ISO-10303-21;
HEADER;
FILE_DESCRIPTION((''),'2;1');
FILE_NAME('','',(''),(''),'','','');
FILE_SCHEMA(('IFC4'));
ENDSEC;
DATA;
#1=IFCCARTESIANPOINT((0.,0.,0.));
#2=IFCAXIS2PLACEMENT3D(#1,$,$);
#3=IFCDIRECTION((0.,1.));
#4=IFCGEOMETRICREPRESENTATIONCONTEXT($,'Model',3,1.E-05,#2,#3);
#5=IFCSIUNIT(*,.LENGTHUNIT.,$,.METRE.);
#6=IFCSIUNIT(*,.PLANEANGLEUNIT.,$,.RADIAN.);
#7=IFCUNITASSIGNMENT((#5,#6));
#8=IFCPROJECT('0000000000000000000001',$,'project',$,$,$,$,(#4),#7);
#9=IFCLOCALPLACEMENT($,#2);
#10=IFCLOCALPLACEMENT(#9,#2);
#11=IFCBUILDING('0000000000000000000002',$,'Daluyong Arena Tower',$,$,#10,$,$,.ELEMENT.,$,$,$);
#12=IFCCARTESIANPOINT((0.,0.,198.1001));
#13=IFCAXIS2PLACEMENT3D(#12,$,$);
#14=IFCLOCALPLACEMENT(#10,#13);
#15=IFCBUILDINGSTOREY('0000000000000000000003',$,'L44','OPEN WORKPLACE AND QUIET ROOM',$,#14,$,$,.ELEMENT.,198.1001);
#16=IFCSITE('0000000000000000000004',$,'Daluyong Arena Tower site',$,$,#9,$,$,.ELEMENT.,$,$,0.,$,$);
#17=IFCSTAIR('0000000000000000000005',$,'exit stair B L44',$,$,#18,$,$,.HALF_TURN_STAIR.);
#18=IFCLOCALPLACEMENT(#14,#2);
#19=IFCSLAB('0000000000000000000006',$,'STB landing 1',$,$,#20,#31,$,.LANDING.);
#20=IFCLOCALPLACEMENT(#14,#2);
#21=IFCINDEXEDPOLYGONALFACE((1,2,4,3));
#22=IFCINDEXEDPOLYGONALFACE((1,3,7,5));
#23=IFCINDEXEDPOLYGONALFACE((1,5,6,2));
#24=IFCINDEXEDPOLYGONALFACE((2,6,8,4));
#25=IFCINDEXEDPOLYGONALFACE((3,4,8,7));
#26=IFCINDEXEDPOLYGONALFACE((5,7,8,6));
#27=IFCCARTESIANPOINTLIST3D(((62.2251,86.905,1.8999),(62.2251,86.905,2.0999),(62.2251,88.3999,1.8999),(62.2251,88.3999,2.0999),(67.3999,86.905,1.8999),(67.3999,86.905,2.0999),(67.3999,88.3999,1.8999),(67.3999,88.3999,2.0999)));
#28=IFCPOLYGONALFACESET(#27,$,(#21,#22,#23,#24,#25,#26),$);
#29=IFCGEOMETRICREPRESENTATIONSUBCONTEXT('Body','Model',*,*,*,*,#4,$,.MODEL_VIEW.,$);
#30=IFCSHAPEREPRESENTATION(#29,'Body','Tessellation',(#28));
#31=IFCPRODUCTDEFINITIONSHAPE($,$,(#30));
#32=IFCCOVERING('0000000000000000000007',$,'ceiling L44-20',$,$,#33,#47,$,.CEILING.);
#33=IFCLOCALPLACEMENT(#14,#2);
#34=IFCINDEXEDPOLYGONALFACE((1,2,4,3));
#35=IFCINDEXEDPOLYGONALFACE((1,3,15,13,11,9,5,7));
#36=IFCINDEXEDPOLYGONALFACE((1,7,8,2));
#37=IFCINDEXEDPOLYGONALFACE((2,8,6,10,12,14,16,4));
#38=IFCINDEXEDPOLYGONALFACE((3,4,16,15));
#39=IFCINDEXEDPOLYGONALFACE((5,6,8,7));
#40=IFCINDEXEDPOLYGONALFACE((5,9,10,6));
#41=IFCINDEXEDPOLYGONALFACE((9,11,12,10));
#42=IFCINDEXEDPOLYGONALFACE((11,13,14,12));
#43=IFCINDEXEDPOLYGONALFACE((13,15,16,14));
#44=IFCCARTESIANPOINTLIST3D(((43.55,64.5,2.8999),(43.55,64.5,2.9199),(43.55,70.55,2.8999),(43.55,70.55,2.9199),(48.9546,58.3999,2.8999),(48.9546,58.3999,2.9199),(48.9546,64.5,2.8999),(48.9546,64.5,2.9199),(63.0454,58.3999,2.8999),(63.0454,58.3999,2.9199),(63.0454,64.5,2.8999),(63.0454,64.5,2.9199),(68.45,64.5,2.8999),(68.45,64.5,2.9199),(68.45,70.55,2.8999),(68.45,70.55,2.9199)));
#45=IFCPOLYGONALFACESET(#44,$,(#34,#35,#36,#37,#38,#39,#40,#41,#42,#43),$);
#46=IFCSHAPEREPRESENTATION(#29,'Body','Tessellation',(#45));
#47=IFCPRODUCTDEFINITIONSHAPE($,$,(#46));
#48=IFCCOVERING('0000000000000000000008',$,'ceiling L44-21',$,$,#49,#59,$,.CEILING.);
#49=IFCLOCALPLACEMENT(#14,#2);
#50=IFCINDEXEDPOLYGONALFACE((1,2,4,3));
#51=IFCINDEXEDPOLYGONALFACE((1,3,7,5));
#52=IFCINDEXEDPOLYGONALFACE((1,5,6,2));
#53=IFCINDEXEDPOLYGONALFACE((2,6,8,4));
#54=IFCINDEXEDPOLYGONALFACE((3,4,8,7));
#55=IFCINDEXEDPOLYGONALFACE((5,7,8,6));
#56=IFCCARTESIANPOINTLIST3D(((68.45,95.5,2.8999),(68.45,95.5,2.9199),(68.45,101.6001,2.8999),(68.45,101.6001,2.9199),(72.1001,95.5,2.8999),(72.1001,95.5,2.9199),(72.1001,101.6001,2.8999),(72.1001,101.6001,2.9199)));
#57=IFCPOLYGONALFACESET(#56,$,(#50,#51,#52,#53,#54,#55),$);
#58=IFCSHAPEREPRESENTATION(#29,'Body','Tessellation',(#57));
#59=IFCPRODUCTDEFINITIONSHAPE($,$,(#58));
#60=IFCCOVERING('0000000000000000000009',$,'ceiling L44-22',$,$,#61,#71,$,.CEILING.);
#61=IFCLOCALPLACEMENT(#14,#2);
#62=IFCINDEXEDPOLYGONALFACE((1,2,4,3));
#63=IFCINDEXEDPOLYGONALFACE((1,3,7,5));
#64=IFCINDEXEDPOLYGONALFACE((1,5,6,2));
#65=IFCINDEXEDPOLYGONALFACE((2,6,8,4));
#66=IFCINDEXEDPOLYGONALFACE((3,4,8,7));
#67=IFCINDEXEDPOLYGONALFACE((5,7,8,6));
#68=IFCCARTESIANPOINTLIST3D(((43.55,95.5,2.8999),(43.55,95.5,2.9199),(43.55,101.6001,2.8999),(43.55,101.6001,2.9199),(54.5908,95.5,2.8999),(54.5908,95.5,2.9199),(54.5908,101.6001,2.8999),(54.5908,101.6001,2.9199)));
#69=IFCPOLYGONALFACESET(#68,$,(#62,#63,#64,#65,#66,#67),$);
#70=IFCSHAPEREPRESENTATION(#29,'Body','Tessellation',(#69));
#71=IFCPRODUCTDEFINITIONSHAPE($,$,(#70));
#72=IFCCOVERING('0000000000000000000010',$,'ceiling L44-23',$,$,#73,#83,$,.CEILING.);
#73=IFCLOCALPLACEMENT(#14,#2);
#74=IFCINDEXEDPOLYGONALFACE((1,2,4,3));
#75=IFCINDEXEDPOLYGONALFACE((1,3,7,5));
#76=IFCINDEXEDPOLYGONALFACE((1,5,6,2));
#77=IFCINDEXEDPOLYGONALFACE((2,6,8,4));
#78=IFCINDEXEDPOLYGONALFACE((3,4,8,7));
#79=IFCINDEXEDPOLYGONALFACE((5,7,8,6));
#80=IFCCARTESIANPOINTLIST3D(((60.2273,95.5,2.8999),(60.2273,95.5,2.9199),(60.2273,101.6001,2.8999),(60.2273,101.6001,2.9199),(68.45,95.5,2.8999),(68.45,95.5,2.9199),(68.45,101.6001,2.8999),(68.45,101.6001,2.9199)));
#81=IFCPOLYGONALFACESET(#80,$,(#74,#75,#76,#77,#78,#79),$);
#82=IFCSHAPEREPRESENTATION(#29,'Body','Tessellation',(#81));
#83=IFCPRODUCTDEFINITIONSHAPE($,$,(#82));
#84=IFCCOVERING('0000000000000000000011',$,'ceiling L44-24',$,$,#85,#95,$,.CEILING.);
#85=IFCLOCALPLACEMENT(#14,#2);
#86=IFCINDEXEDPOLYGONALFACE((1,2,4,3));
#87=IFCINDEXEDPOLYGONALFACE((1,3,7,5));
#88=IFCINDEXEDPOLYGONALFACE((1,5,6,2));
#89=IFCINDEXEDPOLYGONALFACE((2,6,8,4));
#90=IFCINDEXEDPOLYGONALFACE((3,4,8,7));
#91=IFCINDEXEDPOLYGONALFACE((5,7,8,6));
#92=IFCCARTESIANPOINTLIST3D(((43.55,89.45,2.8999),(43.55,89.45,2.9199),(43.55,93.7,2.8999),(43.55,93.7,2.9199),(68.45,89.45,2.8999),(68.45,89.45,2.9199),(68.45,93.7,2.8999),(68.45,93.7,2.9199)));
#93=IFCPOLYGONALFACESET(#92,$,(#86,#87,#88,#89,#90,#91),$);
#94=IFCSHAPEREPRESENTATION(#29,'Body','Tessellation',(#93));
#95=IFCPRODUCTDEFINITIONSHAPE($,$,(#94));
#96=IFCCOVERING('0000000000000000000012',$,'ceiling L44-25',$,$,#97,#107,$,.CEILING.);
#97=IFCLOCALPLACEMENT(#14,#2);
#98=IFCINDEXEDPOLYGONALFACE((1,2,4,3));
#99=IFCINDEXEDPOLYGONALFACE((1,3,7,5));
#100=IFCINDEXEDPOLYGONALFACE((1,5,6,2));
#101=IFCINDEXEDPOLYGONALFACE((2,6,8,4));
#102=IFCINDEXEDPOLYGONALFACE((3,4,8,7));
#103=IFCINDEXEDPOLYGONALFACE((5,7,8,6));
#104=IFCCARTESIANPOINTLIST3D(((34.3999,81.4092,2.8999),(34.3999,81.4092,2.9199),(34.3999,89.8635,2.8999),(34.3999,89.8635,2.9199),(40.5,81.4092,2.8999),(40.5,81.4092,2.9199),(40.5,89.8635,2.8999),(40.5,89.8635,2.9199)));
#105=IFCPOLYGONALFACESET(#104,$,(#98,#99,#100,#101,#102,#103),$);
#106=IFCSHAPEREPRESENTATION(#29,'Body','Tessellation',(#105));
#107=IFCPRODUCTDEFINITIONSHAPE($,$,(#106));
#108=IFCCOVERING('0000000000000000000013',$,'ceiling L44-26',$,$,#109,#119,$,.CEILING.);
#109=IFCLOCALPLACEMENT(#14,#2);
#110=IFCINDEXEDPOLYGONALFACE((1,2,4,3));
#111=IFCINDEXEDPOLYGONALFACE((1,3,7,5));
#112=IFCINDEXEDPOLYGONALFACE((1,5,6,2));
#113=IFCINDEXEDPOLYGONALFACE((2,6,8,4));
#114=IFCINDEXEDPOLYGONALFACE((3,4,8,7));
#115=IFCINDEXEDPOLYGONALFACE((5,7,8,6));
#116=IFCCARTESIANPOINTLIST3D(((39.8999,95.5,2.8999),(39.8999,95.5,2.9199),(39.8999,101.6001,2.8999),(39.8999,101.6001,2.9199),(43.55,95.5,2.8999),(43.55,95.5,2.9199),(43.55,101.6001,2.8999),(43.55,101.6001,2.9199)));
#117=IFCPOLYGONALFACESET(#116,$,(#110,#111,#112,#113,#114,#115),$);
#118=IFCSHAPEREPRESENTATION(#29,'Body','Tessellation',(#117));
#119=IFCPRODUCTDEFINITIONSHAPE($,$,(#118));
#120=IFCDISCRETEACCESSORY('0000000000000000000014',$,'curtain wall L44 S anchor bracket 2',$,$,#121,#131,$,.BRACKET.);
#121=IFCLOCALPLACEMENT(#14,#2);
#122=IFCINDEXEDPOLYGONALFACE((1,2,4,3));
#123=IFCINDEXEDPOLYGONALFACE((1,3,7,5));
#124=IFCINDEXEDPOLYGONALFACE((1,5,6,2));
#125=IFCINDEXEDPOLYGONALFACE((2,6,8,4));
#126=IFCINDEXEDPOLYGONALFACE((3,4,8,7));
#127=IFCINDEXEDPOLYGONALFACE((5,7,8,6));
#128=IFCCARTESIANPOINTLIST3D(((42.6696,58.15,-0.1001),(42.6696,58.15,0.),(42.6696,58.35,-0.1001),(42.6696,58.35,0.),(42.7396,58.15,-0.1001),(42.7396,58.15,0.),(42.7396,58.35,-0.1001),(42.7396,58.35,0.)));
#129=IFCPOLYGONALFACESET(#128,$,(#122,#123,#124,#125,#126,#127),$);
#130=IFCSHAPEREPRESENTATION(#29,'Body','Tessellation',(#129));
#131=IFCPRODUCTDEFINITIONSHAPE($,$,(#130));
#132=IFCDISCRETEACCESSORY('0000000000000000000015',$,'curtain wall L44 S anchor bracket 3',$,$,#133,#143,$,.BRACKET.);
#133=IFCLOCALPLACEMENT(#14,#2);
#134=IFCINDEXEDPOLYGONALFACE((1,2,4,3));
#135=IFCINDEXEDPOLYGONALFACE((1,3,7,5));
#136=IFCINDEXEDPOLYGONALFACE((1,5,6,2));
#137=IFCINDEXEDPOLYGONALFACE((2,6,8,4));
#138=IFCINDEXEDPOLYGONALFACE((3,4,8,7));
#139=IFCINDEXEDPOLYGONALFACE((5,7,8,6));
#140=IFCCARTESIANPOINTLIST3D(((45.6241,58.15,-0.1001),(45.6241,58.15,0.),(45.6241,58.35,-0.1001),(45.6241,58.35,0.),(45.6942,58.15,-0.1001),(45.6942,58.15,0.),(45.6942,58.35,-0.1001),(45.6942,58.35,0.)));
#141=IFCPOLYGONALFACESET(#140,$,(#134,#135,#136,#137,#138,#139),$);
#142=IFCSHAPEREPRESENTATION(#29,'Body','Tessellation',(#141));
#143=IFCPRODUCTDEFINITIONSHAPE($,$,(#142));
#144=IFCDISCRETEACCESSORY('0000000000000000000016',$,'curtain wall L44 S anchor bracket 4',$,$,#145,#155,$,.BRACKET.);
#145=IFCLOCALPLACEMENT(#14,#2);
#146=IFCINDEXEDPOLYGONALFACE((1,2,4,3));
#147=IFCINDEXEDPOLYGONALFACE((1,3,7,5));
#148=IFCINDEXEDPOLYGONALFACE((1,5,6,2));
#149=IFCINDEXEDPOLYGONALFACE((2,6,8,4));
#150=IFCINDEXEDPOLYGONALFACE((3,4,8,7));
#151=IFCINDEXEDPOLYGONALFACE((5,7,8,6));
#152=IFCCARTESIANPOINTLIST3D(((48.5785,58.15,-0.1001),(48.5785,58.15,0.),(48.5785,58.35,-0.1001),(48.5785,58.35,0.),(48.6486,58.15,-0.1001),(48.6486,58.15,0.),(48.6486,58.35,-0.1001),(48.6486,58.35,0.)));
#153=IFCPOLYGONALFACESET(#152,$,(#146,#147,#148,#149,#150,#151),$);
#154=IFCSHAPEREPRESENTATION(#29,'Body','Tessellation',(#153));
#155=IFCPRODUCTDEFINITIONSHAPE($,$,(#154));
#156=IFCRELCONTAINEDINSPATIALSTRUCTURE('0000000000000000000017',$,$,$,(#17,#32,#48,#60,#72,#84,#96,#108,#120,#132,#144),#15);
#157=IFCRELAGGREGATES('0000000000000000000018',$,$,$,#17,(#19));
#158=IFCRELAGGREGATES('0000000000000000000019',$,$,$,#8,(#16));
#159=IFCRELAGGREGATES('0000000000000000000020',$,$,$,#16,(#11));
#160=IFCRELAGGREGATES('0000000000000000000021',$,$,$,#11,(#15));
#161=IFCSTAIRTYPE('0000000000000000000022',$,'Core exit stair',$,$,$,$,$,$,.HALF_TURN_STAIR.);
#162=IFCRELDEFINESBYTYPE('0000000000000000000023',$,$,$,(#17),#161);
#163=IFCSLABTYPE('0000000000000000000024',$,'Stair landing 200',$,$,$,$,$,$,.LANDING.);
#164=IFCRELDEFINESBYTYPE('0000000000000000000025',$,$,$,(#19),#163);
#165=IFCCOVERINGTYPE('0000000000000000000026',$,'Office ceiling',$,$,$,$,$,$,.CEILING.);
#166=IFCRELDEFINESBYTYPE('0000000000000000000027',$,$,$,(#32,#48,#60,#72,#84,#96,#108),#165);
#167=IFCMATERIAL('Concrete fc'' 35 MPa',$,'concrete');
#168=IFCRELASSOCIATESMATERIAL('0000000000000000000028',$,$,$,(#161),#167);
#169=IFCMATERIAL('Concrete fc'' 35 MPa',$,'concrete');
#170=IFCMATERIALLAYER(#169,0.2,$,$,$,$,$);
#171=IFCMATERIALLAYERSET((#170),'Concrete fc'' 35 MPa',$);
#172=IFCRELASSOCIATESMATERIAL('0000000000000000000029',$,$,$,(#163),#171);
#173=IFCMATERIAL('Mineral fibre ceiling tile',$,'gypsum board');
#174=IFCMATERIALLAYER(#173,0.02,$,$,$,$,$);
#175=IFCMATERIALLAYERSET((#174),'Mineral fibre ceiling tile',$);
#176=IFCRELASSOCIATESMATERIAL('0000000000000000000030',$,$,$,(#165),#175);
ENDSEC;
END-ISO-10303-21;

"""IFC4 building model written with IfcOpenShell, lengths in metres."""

from ifc_helpers import new_model, si_unit, direction, frame, origin, origin_2d, place, context, subcontext, project, spatial, polyline, rectangle, outline, extrude, material, layer, layer_set, type_object, element, aggregate, save


model = new_model("IFC4")

# Units and contexts
model_context = context("Model", 3, precision=1e-05, world=origin(), true_north=direction((0.0, 1.0)))
body_context = subcontext(model_context, "Body", "Model", "MODEL_VIEW")
ifc_project = project(units=[si_unit("LENGTHUNIT", "METRE"), si_unit("PLANEANGLEUNIT", "RADIAN")], contexts=[model_context])

# Site, building, storey
site_placement = place(None, origin())
site = spatial("IfcSite", under=ifc_project, at=site_placement, Name="Daluyong Arena Tower site", CompositionType="ELEMENT", RefElevation=0.0)
building_placement = place(site_placement, origin())
building = spatial("IfcBuilding", under=site, at=building_placement, Name="Daluyong Arena Tower", CompositionType="ELEMENT")
storey_placement = place(building_placement, frame((0.0, 0.0, 198.1001)))
storey = spatial("IfcBuildingStorey", under=building, at=storey_placement, Name="L44", Description="OPEN WORKPLACE AND QUIET ROOM", CompositionType="ELEMENT", Elevation=198.1001)

# Stair, slab
ifc_material_1 = material(Name="Concrete fc' 35 MPa", Category="concrete")
stair_type = type_object("IfcStairType", Name="Core exit stair", PredefinedType="HALF_TURN_STAIR", material=ifc_material_1)
ifc_material_2 = material(Name="Concrete fc' 35 MPa", Category="concrete")
ifc_layer_1 = layer(ifc_material_2, 0.2)
ifc_layer_set_1 = layer_set([ifc_layer_1], Name="Concrete fc' 35 MPa")
slab_type = type_object("IfcSlabType", Name="Stair landing 200", PredefinedType="LANDING", material=ifc_layer_set_1)
stair_1_placement = place(storey_placement, origin())
stair_1 = element("IfcStair", 1, at=stair_1_placement, inside=storey, type_object=stair_type, Name="exit stair B L44", PredefinedType="HALF_TURN_STAIR")
slab_1_placement = place(storey_placement, frame((0.0, 0.0, 1.8999)))
slab_1 = element("IfcSlab", 2, at=slab_1_placement, type_object=slab_type, Name="STB landing 1", PredefinedType="LANDING", context=body_context, shape_type="SweptSolid", body=[
    extrude(outline(polyline([(62.2251, 86.905), (67.3999, 86.905), (67.3999, 88.3999), (62.2251, 88.3999), (62.2251, 86.905)])), origin(), (0.0, 0.0, 1.0), 0.2),
])
aggregate(stair_1, [slab_1])

# Coverings
ifc_material_3 = material(Name="Mineral fibre ceiling tile", Category="gypsum board")
ifc_layer_2 = layer(ifc_material_3, 0.02)
ifc_layer_set_2 = layer_set([ifc_layer_2], Name="Mineral fibre ceiling tile")
covering_type = type_object("IfcCoveringType", Name="Office ceiling", PredefinedType="CEILING", material=ifc_layer_set_2)
covering_1_placement = place(storey_placement, frame((0.0, 0.0, 2.8999)))
element("IfcCovering", 3, at=covering_1_placement, inside=storey, type_object=covering_type, Name="ceiling L44-20", PredefinedType="CEILING", context=body_context, shape_type="SweptSolid", body=[
    extrude(outline(polyline([(48.9546, 58.3999), (63.0454, 58.3999), (63.0454, 64.5), (68.45, 64.5), (68.45, 70.55), (43.55, 70.55), (43.55, 64.5), (48.9546, 64.5), (48.9546, 58.3999)])), origin(), (0.0, 0.0, 1.0), 0.02),
])
covering_2_placement = place(storey_placement, frame((0.0, 0.0, 2.8999)))
element("IfcCovering", 4, at=covering_2_placement, inside=storey, type_object=covering_type, Name="ceiling L44-21", PredefinedType="CEILING", context=body_context, shape_type="SweptSolid", body=[
    extrude(outline(polyline([(72.1001, 101.6001), (68.45, 101.6001), (68.45, 95.5), (72.1001, 95.5), (72.1001, 101.6001)])), origin(), (0.0, 0.0, 1.0), 0.02),
])
covering_3_placement = place(storey_placement, frame((0.0, 0.0, 2.8999)))
element("IfcCovering", 5, at=covering_3_placement, inside=storey, type_object=covering_type, Name="ceiling L44-22", PredefinedType="CEILING", context=body_context, shape_type="SweptSolid", body=[
    extrude(outline(polyline([(54.5908, 101.6001), (43.55, 101.6001), (43.55, 95.5), (54.5908, 95.5), (54.5908, 101.6001)])), origin(), (0.0, 0.0, 1.0), 0.02),
])
covering_4_placement = place(storey_placement, frame((0.0, 0.0, 2.8999)))
element("IfcCovering", 6, at=covering_4_placement, inside=storey, type_object=covering_type, Name="ceiling L44-23", PredefinedType="CEILING", context=body_context, shape_type="SweptSolid", body=[
    extrude(outline(polyline([(68.45, 101.6001), (60.2273, 101.6001), (60.2273, 95.5), (68.45, 95.5), (68.45, 101.6001)])), origin(), (0.0, 0.0, 1.0), 0.02),
])
covering_5_placement = place(storey_placement, frame((0.0, 0.0, 2.8999)))
element("IfcCovering", 7, at=covering_5_placement, inside=storey, type_object=covering_type, Name="ceiling L44-24", PredefinedType="CEILING", context=body_context, shape_type="SweptSolid", body=[
    extrude(outline(polyline([(43.55, 89.45), (68.45, 89.45), (68.45, 93.7), (43.55, 93.7), (43.55, 89.45)])), origin(), (0.0, 0.0, 1.0), 0.02),
])
covering_6_placement = place(storey_placement, frame((0.0, 0.0, 2.8999)))
element("IfcCovering", 8, at=covering_6_placement, inside=storey, type_object=covering_type, Name="ceiling L44-25", PredefinedType="CEILING", context=body_context, shape_type="SweptSolid", body=[
    extrude(outline(polyline([(34.3999, 89.8635), (34.3999, 81.4092), (40.5, 81.4092), (40.5, 89.8635), (34.3999, 89.8635)])), origin(), (0.0, 0.0, 1.0), 0.02),
])
covering_7_placement = place(storey_placement, frame((0.0, 0.0, 2.8999)))
element("IfcCovering", 9, at=covering_7_placement, inside=storey, type_object=covering_type, Name="ceiling L44-26", PredefinedType="CEILING", context=body_context, shape_type="SweptSolid", body=[
    extrude(outline(polyline([(43.55, 101.6001), (39.8999, 101.6001), (39.8999, 95.5), (43.55, 95.5), (43.55, 101.6001)])), origin(), (0.0, 0.0, 1.0), 0.02),
])

# Discrete accessories
for number, where, z_axis, x_axis, name in (
    (10, (42.7046, 58.25, -0.1001), (0.0, 0.0, 1.0), (1.0, 0.0, 0.0), "curtain wall L44 S anchor bracket 2"),
    (11, (45.6592, 58.25, -0.1001), (0.0, 0.0, 1.0), (1.0, 0.0, 0.0), "curtain wall L44 S anchor bracket 3"),
    (12, (48.6135, 58.25, -0.1001), (0.0, 0.0, 1.0), (1.0, 0.0, 0.0), "curtain wall L44 S anchor bracket 4"),
):
    element("IfcDiscreteAccessory", number, at=place(storey_placement, frame(where, z_axis=z_axis, x_axis=x_axis)), inside=storey, Name=name, PredefinedType="BRACKET", context=body_context, shape_type="SweptSolid", body=[
        extrude(rectangle(XDim=0.0701, YDim=0.2, at=origin_2d()), origin(), (0.0, 0.0, 1.0), 0.1001),
    ])

save(model, "model.ifc")
